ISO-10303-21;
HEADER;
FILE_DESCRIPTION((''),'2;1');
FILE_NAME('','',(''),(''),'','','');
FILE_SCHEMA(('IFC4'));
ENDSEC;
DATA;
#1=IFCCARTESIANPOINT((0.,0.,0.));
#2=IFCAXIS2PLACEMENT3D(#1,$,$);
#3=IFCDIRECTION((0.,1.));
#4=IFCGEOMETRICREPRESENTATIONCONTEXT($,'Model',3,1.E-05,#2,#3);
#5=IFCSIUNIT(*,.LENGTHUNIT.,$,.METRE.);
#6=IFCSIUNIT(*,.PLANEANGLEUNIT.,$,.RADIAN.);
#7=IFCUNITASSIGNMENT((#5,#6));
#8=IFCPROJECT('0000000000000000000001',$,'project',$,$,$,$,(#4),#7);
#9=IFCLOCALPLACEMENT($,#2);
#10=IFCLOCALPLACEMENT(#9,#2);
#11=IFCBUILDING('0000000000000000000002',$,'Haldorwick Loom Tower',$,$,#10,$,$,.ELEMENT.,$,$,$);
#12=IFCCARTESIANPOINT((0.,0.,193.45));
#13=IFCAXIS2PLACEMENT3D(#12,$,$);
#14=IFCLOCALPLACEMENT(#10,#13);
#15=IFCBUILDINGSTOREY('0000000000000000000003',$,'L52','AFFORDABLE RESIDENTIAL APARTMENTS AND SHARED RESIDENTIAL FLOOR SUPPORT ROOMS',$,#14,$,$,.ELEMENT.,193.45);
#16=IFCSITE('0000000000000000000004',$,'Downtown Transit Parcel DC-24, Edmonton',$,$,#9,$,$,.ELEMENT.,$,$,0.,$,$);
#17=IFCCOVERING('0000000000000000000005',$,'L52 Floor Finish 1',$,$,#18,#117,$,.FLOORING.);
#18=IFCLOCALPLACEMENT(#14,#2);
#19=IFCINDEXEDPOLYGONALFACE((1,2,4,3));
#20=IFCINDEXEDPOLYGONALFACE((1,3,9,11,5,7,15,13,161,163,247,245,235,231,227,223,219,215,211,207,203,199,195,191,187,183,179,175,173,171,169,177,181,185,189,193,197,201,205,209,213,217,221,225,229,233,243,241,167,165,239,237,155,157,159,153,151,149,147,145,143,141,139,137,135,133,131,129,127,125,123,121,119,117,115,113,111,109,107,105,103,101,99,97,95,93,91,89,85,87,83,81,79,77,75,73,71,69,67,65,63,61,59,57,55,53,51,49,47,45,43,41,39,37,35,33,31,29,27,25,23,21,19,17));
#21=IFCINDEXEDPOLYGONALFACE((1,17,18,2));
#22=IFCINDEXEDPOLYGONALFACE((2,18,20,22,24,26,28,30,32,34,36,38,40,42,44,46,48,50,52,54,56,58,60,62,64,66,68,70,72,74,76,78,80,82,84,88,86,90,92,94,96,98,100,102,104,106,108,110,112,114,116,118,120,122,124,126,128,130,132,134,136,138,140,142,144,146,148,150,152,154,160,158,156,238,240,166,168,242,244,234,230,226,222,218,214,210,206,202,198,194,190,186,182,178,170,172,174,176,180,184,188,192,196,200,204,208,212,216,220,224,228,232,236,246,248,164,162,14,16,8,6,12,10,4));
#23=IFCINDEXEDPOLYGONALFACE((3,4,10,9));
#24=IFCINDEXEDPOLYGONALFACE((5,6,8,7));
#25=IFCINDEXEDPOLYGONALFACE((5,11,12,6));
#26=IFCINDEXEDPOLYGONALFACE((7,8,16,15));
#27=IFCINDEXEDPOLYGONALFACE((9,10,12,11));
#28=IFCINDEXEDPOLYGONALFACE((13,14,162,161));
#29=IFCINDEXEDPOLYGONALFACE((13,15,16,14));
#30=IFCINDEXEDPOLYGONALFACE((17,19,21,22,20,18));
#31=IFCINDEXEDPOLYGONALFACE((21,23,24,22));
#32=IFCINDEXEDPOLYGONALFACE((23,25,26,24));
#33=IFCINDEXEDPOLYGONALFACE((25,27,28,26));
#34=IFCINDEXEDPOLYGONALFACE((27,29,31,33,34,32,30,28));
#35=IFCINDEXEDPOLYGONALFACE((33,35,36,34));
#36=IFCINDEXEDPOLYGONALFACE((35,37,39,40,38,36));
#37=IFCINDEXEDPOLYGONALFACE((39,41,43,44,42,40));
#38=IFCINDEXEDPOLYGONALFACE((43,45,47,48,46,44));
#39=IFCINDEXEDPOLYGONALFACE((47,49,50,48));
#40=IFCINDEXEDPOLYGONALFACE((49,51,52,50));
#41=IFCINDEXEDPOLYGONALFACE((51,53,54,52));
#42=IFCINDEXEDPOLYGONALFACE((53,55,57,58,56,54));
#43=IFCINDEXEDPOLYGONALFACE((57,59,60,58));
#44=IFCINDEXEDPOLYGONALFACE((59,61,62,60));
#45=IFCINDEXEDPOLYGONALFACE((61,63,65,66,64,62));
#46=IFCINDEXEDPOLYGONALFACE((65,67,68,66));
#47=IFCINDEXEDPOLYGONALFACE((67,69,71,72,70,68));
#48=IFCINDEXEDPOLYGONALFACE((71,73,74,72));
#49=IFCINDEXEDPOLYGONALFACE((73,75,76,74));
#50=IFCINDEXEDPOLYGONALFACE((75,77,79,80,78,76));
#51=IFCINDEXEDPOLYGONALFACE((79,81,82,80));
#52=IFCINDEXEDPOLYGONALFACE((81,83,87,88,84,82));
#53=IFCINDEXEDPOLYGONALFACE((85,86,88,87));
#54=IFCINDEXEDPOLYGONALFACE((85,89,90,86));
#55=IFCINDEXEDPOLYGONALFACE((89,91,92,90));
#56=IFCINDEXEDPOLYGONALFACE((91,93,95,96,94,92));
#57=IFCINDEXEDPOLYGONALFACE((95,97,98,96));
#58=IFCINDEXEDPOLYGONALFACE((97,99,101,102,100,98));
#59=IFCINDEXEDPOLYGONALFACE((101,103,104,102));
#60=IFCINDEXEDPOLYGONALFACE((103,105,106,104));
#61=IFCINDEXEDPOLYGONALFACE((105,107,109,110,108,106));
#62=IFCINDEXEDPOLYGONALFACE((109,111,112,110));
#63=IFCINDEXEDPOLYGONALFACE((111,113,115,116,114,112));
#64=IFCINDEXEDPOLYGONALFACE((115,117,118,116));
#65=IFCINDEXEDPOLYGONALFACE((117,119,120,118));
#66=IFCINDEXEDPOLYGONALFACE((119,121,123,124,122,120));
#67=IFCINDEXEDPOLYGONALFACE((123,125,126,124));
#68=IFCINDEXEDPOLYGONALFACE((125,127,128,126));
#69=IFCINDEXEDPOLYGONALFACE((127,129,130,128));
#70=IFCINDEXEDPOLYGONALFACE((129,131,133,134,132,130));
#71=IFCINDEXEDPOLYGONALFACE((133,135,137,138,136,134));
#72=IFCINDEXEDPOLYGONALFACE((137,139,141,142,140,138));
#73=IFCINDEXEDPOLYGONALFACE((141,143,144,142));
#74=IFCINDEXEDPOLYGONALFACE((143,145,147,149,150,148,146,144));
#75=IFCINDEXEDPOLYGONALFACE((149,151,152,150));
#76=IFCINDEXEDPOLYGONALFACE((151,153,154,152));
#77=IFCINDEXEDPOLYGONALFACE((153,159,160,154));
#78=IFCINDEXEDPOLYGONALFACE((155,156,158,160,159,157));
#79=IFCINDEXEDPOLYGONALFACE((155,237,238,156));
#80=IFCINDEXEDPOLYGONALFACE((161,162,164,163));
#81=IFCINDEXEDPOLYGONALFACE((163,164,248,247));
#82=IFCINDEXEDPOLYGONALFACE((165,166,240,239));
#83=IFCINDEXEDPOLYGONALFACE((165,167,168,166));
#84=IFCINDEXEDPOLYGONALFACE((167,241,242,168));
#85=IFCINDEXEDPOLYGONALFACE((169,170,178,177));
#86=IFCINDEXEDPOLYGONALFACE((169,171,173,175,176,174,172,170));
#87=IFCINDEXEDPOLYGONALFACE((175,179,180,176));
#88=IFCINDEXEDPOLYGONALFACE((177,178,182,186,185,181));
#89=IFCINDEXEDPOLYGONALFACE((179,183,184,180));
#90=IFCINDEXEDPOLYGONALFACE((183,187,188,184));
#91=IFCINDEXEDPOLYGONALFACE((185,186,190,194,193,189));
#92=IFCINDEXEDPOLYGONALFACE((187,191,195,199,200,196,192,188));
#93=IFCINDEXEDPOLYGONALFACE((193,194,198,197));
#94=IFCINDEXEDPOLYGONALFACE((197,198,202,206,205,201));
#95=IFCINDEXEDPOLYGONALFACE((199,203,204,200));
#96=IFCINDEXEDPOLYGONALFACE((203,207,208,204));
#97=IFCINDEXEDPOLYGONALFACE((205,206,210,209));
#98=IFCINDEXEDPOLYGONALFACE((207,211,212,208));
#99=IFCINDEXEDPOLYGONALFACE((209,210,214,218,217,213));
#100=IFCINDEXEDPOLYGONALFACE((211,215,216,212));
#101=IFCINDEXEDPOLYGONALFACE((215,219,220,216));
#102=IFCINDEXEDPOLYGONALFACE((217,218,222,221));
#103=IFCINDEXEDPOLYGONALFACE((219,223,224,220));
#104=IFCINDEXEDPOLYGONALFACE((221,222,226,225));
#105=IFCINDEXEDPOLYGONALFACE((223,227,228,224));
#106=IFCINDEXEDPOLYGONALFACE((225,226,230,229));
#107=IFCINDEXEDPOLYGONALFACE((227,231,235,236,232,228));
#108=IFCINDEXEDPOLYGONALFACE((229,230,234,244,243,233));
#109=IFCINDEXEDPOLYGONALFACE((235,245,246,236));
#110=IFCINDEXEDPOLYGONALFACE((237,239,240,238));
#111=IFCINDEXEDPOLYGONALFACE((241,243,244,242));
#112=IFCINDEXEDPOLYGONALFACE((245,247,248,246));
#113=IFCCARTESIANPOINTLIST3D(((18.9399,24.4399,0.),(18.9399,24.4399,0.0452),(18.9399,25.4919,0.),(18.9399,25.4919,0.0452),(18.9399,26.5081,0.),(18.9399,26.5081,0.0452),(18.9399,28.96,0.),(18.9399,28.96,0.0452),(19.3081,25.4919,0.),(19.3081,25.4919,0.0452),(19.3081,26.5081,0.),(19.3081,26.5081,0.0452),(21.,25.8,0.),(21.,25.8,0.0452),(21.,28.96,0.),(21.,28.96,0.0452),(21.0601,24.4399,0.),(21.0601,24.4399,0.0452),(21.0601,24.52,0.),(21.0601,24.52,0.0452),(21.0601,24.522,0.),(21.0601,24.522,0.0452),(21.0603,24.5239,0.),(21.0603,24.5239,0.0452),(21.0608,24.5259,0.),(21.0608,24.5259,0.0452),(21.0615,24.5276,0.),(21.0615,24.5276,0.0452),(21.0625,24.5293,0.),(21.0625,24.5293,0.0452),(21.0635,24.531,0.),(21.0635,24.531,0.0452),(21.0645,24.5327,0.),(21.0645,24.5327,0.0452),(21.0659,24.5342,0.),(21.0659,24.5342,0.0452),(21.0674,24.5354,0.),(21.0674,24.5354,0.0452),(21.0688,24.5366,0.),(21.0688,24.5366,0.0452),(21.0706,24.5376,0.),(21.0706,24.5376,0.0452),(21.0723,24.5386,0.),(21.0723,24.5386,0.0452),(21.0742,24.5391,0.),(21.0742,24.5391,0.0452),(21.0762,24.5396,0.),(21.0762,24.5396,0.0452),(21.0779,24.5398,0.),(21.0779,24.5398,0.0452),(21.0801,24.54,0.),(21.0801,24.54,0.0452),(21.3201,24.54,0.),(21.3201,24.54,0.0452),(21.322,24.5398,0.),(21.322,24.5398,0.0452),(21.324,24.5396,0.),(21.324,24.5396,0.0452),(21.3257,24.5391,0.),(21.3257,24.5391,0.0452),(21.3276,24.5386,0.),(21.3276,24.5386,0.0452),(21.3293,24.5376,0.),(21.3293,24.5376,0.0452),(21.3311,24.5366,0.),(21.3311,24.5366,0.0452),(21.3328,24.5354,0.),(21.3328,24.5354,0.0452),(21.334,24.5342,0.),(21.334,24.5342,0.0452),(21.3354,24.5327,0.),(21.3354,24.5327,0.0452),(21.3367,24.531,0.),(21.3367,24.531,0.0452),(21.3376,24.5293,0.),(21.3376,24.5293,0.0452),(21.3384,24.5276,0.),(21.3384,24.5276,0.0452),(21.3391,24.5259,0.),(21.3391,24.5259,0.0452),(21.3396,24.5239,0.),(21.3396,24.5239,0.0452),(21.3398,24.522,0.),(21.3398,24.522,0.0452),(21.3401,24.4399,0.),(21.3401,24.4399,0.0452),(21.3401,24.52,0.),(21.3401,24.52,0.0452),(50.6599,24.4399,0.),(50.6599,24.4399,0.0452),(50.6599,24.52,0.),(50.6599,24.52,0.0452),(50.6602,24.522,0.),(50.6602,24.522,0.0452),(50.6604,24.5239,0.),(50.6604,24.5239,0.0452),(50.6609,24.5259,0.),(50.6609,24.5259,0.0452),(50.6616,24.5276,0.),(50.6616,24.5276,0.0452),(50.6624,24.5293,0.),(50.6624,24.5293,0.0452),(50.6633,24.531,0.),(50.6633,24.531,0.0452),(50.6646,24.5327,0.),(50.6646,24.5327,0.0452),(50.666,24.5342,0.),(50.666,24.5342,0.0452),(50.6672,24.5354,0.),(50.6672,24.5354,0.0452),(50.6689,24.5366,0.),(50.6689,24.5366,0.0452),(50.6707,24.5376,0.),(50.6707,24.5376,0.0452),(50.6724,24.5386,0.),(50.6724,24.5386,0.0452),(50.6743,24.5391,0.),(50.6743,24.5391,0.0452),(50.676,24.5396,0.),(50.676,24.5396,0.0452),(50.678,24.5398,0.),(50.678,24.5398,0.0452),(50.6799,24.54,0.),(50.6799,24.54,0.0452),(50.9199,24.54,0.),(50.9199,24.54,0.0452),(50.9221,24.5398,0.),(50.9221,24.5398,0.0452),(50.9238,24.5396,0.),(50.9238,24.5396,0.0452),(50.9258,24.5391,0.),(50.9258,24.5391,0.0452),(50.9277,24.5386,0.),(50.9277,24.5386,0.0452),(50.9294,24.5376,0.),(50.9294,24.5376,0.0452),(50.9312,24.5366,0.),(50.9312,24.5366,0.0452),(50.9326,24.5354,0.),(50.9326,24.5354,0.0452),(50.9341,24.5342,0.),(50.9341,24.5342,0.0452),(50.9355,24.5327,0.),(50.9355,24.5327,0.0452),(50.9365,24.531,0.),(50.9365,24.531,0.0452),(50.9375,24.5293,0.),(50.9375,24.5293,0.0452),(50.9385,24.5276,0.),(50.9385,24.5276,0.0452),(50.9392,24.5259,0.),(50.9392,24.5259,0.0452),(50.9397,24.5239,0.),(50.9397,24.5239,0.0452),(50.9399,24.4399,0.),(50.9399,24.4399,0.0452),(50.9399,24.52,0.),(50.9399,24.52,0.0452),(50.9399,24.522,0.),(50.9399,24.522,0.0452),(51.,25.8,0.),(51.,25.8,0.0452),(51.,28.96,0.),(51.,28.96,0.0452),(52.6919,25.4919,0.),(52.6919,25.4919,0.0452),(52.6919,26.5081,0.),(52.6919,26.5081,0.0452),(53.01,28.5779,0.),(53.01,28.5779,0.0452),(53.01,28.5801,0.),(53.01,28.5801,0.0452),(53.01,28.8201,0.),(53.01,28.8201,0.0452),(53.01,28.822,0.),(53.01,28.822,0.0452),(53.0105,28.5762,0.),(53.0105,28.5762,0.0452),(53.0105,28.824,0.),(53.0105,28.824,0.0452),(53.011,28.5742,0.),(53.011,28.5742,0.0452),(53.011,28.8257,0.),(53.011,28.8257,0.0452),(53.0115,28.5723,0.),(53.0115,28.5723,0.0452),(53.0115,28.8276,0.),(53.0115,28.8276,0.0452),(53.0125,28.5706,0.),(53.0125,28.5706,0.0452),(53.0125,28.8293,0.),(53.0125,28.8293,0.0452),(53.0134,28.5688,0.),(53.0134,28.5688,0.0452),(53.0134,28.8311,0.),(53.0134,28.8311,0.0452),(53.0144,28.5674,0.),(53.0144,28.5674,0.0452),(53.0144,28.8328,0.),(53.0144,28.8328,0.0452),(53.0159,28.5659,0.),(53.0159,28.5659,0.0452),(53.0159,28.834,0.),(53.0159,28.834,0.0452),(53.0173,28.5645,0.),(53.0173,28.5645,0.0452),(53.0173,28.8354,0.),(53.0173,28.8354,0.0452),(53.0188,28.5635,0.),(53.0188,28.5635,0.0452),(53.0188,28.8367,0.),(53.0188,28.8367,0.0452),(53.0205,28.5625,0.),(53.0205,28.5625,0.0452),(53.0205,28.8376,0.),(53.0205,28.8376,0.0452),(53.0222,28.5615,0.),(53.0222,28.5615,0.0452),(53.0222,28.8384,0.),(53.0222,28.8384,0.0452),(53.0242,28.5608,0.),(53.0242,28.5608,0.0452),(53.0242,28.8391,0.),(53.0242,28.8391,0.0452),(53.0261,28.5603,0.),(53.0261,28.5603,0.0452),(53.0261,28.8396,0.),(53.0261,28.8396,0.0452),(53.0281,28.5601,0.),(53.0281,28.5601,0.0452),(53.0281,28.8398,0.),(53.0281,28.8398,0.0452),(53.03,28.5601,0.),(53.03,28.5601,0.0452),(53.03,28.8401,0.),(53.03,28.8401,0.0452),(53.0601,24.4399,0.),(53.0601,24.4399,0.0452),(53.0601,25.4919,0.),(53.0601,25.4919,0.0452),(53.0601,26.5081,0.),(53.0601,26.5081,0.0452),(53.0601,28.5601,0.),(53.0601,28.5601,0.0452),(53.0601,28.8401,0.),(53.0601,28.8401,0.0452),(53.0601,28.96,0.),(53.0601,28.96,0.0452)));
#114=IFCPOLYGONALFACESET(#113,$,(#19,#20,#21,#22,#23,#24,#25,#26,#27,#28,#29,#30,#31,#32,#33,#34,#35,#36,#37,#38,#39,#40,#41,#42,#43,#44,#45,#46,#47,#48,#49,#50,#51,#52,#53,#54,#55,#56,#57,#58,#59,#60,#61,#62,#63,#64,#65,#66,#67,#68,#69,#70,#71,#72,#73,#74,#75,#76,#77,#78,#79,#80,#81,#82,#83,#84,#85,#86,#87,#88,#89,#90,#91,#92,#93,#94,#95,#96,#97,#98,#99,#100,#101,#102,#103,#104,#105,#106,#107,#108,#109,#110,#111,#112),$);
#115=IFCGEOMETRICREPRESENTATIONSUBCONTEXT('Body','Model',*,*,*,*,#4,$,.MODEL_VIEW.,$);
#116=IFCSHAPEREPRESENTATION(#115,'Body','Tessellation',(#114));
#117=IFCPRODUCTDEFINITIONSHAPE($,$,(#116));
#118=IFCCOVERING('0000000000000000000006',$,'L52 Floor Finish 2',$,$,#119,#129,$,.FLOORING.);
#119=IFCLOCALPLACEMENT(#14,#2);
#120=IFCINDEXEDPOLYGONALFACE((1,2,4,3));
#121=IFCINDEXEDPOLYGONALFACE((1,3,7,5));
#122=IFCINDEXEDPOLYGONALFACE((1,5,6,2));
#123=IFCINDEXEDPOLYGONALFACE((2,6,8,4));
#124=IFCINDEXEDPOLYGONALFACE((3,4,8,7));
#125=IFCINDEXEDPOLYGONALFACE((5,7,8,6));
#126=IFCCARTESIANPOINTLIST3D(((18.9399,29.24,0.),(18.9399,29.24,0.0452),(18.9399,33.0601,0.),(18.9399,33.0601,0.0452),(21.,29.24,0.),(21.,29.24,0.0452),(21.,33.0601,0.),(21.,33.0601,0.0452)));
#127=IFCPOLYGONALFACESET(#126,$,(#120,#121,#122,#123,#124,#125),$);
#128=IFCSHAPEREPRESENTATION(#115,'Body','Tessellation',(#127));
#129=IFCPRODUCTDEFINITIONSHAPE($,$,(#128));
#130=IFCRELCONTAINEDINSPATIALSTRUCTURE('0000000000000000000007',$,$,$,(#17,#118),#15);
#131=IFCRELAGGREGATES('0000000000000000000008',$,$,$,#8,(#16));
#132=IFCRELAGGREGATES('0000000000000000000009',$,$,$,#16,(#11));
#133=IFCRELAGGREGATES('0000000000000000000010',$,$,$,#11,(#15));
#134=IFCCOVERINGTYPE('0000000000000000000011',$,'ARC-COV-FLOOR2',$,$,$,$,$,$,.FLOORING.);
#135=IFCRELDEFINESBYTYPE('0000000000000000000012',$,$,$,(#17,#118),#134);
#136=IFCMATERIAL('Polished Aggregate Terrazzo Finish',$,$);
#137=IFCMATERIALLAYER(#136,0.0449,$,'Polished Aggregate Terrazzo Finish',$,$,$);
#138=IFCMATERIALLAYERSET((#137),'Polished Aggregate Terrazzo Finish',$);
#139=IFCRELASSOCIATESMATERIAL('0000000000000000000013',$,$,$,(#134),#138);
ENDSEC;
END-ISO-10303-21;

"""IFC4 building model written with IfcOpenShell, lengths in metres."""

from ifc_helpers import new_model, si_unit, direction, frame, origin, place, context, subcontext, project, spatial, polyline, outline, extrude, material, layer, layer_set, type_object, element, save


model = new_model("IFC4")

# Units and contexts
model_context = context("Model", 3, precision=1e-05, world=origin(), true_north=direction((0.0, 1.0)))
body_context = subcontext(model_context, "Body", "Model", "MODEL_VIEW")
ifc_project = project(units=[si_unit("LENGTHUNIT", "METRE"), si_unit("PLANEANGLEUNIT", "RADIAN")], contexts=[model_context])

# Site, building, storey
site_placement = place(None, origin())
site = spatial("IfcSite", under=ifc_project, at=site_placement, Name="Downtown Transit Parcel DC-24, Edmonton", CompositionType="ELEMENT", RefElevation=0.0)
building_placement = place(site_placement, origin())
building = spatial("IfcBuilding", under=site, at=building_placement, Name="Haldorwick Loom Tower", CompositionType="ELEMENT")
storey_placement = place(building_placement, frame((0.0, 0.0, 193.45)))
storey = spatial("IfcBuildingStorey", under=building, at=storey_placement, Name="L52", Description="AFFORDABLE RESIDENTIAL APARTMENTS AND SHARED RESIDENTIAL FLOOR SUPPORT ROOMS", CompositionType="ELEMENT", Elevation=193.45)

# Coverings
ifc_material_1 = material(Name="Polished Aggregate Terrazzo Finish")
ifc_layer_1 = layer(ifc_material_1, 0.0449, Name="Polished Aggregate Terrazzo Finish")
ifc_layer_set_1 = layer_set([ifc_layer_1], Name="Polished Aggregate Terrazzo Finish")
covering_type_1 = type_object("IfcCoveringType", Name="ARC-COV-FLOOR2", PredefinedType="FLOORING", material=ifc_layer_set_1)
covering_1_placement = place(storey_placement, origin())
element("IfcCovering", 1, at=covering_1_placement, inside=storey, type_object=covering_type_1, Name="L52 Floor Finish 1", PredefinedType="FLOORING", context=body_context, shape_type="SweptSolid", body=[
    extrude(outline(polyline([(51.0, 28.96), (51.0, 25.8), (21.0, 25.8), (21.0, 28.96), (18.9399, 28.96), (18.9399, 26.5081), (19.3081, 26.5081), (19.3081, 25.4919), (18.9399, 25.4919), (18.9399, 24.4399), (21.0601, 24.4399), (21.0601, 24.52), (21.0601, 24.522), (21.0603, 24.5239), (21.0608, 24.5259), (21.0615, 24.5276), (21.0625, 24.5293), (21.0635, 24.531), (21.0645, 24.5327), (21.0659, 24.5342), (21.0674, 24.5354), (21.0688, 24.5366), (21.0706, 24.5376), (21.0723, 24.5386), (21.0742, 24.5391), (21.0762, 24.5396), (21.0779, 24.5398), (21.0801, 24.54), (21.3201, 24.54), (21.322, 24.5398), (21.324, 24.5396), (21.3257, 24.5391), (21.3276, 24.5386), (21.3293, 24.5376), (21.3311, 24.5366), (21.3328, 24.5354), (21.334, 24.5342), (21.3354, 24.5327), (21.3367, 24.531), (21.3376, 24.5293), (21.3384, 24.5276), (21.3391, 24.5259), (21.3396, 24.5239), (21.3398, 24.522), (21.3401, 24.52), (21.3401, 24.4399), (50.6599, 24.4399), (50.6599, 24.52), (50.6602, 24.522), (50.6604, 24.5239), (50.6609, 24.5259), (50.6616, 24.5276), (50.6624, 24.5293), (50.6633, 24.531), (50.6646, 24.5327), (50.666, 24.5342), (50.6672, 24.5354), (50.6689, 24.5366), (50.6707, 24.5376), (50.6724, 24.5386), (50.6743, 24.5391), (50.676, 24.5396), (50.678, 24.5398), (50.6799, 24.54), (50.9199, 24.54), (50.9221, 24.5398), (50.9238, 24.5396), (50.9258, 24.5391), (50.9277, 24.5386), (50.9294, 24.5376), (50.9312, 24.5366), (50.9326, 24.5354), (50.9341, 24.5342), (50.9355, 24.5327), (50.9365, 24.531), (50.9375, 24.5293), (50.9385, 24.5276), (50.9392, 24.5259), (50.9397, 24.5239), (50.9399, 24.522), (50.9399, 24.52), (50.9399, 24.4399), (53.0601, 24.4399), (53.0601, 25.4919), (52.6919, 25.4919), (52.6919, 26.5081), (53.0601, 26.5081), (53.0601, 28.5601), (53.03, 28.5601), (53.0281, 28.5601), (53.0261, 28.5603), (53.0242, 28.5608), (53.0222, 28.5615), (53.0205, 28.5625), (53.0188, 28.5635), (53.0173, 28.5645), (53.0159, 28.5659), (53.0144, 28.5674), (53.0134, 28.5688), (53.0125, 28.5706), (53.0115, 28.5723), (53.011, 28.5742), (53.0105, 28.5762), (53.01, 28.5779), (53.01, 28.5801), (53.01, 28.8201), (53.01, 28.822), (53.0105, 28.824), (53.011, 28.8257), (53.0115, 28.8276), (53.0125, 28.8293), (53.0134, 28.8311), (53.0144, 28.8328), (53.0159, 28.834), (53.0173, 28.8354), (53.0188, 28.8367), (53.0205, 28.8376), (53.0222, 28.8384), (53.0242, 28.8391), (53.0261, 28.8396), (53.0281, 28.8398), (53.03, 28.8401), (53.0601, 28.8401), (53.0601, 28.96), (51.0, 28.96)])), origin(), (0.0, 0.0, 1.0), 0.0452),
])
covering_2_placement = place(storey_placement, origin())
element("IfcCovering", 2, at=covering_2_placement, inside=storey, type_object=covering_type_1, Name="L52 Floor Finish 2", PredefinedType="FLOORING", context=body_context, shape_type="SweptSolid", body=[
    extrude(outline(polyline([(18.9399, 33.0601), (18.9399, 29.24), (21.0, 29.24), (21.0, 33.0601), (18.9399, 33.0601)])), origin(), (0.0, 0.0, 1.0), 0.0452),
])

save(model, "model.ifc")
